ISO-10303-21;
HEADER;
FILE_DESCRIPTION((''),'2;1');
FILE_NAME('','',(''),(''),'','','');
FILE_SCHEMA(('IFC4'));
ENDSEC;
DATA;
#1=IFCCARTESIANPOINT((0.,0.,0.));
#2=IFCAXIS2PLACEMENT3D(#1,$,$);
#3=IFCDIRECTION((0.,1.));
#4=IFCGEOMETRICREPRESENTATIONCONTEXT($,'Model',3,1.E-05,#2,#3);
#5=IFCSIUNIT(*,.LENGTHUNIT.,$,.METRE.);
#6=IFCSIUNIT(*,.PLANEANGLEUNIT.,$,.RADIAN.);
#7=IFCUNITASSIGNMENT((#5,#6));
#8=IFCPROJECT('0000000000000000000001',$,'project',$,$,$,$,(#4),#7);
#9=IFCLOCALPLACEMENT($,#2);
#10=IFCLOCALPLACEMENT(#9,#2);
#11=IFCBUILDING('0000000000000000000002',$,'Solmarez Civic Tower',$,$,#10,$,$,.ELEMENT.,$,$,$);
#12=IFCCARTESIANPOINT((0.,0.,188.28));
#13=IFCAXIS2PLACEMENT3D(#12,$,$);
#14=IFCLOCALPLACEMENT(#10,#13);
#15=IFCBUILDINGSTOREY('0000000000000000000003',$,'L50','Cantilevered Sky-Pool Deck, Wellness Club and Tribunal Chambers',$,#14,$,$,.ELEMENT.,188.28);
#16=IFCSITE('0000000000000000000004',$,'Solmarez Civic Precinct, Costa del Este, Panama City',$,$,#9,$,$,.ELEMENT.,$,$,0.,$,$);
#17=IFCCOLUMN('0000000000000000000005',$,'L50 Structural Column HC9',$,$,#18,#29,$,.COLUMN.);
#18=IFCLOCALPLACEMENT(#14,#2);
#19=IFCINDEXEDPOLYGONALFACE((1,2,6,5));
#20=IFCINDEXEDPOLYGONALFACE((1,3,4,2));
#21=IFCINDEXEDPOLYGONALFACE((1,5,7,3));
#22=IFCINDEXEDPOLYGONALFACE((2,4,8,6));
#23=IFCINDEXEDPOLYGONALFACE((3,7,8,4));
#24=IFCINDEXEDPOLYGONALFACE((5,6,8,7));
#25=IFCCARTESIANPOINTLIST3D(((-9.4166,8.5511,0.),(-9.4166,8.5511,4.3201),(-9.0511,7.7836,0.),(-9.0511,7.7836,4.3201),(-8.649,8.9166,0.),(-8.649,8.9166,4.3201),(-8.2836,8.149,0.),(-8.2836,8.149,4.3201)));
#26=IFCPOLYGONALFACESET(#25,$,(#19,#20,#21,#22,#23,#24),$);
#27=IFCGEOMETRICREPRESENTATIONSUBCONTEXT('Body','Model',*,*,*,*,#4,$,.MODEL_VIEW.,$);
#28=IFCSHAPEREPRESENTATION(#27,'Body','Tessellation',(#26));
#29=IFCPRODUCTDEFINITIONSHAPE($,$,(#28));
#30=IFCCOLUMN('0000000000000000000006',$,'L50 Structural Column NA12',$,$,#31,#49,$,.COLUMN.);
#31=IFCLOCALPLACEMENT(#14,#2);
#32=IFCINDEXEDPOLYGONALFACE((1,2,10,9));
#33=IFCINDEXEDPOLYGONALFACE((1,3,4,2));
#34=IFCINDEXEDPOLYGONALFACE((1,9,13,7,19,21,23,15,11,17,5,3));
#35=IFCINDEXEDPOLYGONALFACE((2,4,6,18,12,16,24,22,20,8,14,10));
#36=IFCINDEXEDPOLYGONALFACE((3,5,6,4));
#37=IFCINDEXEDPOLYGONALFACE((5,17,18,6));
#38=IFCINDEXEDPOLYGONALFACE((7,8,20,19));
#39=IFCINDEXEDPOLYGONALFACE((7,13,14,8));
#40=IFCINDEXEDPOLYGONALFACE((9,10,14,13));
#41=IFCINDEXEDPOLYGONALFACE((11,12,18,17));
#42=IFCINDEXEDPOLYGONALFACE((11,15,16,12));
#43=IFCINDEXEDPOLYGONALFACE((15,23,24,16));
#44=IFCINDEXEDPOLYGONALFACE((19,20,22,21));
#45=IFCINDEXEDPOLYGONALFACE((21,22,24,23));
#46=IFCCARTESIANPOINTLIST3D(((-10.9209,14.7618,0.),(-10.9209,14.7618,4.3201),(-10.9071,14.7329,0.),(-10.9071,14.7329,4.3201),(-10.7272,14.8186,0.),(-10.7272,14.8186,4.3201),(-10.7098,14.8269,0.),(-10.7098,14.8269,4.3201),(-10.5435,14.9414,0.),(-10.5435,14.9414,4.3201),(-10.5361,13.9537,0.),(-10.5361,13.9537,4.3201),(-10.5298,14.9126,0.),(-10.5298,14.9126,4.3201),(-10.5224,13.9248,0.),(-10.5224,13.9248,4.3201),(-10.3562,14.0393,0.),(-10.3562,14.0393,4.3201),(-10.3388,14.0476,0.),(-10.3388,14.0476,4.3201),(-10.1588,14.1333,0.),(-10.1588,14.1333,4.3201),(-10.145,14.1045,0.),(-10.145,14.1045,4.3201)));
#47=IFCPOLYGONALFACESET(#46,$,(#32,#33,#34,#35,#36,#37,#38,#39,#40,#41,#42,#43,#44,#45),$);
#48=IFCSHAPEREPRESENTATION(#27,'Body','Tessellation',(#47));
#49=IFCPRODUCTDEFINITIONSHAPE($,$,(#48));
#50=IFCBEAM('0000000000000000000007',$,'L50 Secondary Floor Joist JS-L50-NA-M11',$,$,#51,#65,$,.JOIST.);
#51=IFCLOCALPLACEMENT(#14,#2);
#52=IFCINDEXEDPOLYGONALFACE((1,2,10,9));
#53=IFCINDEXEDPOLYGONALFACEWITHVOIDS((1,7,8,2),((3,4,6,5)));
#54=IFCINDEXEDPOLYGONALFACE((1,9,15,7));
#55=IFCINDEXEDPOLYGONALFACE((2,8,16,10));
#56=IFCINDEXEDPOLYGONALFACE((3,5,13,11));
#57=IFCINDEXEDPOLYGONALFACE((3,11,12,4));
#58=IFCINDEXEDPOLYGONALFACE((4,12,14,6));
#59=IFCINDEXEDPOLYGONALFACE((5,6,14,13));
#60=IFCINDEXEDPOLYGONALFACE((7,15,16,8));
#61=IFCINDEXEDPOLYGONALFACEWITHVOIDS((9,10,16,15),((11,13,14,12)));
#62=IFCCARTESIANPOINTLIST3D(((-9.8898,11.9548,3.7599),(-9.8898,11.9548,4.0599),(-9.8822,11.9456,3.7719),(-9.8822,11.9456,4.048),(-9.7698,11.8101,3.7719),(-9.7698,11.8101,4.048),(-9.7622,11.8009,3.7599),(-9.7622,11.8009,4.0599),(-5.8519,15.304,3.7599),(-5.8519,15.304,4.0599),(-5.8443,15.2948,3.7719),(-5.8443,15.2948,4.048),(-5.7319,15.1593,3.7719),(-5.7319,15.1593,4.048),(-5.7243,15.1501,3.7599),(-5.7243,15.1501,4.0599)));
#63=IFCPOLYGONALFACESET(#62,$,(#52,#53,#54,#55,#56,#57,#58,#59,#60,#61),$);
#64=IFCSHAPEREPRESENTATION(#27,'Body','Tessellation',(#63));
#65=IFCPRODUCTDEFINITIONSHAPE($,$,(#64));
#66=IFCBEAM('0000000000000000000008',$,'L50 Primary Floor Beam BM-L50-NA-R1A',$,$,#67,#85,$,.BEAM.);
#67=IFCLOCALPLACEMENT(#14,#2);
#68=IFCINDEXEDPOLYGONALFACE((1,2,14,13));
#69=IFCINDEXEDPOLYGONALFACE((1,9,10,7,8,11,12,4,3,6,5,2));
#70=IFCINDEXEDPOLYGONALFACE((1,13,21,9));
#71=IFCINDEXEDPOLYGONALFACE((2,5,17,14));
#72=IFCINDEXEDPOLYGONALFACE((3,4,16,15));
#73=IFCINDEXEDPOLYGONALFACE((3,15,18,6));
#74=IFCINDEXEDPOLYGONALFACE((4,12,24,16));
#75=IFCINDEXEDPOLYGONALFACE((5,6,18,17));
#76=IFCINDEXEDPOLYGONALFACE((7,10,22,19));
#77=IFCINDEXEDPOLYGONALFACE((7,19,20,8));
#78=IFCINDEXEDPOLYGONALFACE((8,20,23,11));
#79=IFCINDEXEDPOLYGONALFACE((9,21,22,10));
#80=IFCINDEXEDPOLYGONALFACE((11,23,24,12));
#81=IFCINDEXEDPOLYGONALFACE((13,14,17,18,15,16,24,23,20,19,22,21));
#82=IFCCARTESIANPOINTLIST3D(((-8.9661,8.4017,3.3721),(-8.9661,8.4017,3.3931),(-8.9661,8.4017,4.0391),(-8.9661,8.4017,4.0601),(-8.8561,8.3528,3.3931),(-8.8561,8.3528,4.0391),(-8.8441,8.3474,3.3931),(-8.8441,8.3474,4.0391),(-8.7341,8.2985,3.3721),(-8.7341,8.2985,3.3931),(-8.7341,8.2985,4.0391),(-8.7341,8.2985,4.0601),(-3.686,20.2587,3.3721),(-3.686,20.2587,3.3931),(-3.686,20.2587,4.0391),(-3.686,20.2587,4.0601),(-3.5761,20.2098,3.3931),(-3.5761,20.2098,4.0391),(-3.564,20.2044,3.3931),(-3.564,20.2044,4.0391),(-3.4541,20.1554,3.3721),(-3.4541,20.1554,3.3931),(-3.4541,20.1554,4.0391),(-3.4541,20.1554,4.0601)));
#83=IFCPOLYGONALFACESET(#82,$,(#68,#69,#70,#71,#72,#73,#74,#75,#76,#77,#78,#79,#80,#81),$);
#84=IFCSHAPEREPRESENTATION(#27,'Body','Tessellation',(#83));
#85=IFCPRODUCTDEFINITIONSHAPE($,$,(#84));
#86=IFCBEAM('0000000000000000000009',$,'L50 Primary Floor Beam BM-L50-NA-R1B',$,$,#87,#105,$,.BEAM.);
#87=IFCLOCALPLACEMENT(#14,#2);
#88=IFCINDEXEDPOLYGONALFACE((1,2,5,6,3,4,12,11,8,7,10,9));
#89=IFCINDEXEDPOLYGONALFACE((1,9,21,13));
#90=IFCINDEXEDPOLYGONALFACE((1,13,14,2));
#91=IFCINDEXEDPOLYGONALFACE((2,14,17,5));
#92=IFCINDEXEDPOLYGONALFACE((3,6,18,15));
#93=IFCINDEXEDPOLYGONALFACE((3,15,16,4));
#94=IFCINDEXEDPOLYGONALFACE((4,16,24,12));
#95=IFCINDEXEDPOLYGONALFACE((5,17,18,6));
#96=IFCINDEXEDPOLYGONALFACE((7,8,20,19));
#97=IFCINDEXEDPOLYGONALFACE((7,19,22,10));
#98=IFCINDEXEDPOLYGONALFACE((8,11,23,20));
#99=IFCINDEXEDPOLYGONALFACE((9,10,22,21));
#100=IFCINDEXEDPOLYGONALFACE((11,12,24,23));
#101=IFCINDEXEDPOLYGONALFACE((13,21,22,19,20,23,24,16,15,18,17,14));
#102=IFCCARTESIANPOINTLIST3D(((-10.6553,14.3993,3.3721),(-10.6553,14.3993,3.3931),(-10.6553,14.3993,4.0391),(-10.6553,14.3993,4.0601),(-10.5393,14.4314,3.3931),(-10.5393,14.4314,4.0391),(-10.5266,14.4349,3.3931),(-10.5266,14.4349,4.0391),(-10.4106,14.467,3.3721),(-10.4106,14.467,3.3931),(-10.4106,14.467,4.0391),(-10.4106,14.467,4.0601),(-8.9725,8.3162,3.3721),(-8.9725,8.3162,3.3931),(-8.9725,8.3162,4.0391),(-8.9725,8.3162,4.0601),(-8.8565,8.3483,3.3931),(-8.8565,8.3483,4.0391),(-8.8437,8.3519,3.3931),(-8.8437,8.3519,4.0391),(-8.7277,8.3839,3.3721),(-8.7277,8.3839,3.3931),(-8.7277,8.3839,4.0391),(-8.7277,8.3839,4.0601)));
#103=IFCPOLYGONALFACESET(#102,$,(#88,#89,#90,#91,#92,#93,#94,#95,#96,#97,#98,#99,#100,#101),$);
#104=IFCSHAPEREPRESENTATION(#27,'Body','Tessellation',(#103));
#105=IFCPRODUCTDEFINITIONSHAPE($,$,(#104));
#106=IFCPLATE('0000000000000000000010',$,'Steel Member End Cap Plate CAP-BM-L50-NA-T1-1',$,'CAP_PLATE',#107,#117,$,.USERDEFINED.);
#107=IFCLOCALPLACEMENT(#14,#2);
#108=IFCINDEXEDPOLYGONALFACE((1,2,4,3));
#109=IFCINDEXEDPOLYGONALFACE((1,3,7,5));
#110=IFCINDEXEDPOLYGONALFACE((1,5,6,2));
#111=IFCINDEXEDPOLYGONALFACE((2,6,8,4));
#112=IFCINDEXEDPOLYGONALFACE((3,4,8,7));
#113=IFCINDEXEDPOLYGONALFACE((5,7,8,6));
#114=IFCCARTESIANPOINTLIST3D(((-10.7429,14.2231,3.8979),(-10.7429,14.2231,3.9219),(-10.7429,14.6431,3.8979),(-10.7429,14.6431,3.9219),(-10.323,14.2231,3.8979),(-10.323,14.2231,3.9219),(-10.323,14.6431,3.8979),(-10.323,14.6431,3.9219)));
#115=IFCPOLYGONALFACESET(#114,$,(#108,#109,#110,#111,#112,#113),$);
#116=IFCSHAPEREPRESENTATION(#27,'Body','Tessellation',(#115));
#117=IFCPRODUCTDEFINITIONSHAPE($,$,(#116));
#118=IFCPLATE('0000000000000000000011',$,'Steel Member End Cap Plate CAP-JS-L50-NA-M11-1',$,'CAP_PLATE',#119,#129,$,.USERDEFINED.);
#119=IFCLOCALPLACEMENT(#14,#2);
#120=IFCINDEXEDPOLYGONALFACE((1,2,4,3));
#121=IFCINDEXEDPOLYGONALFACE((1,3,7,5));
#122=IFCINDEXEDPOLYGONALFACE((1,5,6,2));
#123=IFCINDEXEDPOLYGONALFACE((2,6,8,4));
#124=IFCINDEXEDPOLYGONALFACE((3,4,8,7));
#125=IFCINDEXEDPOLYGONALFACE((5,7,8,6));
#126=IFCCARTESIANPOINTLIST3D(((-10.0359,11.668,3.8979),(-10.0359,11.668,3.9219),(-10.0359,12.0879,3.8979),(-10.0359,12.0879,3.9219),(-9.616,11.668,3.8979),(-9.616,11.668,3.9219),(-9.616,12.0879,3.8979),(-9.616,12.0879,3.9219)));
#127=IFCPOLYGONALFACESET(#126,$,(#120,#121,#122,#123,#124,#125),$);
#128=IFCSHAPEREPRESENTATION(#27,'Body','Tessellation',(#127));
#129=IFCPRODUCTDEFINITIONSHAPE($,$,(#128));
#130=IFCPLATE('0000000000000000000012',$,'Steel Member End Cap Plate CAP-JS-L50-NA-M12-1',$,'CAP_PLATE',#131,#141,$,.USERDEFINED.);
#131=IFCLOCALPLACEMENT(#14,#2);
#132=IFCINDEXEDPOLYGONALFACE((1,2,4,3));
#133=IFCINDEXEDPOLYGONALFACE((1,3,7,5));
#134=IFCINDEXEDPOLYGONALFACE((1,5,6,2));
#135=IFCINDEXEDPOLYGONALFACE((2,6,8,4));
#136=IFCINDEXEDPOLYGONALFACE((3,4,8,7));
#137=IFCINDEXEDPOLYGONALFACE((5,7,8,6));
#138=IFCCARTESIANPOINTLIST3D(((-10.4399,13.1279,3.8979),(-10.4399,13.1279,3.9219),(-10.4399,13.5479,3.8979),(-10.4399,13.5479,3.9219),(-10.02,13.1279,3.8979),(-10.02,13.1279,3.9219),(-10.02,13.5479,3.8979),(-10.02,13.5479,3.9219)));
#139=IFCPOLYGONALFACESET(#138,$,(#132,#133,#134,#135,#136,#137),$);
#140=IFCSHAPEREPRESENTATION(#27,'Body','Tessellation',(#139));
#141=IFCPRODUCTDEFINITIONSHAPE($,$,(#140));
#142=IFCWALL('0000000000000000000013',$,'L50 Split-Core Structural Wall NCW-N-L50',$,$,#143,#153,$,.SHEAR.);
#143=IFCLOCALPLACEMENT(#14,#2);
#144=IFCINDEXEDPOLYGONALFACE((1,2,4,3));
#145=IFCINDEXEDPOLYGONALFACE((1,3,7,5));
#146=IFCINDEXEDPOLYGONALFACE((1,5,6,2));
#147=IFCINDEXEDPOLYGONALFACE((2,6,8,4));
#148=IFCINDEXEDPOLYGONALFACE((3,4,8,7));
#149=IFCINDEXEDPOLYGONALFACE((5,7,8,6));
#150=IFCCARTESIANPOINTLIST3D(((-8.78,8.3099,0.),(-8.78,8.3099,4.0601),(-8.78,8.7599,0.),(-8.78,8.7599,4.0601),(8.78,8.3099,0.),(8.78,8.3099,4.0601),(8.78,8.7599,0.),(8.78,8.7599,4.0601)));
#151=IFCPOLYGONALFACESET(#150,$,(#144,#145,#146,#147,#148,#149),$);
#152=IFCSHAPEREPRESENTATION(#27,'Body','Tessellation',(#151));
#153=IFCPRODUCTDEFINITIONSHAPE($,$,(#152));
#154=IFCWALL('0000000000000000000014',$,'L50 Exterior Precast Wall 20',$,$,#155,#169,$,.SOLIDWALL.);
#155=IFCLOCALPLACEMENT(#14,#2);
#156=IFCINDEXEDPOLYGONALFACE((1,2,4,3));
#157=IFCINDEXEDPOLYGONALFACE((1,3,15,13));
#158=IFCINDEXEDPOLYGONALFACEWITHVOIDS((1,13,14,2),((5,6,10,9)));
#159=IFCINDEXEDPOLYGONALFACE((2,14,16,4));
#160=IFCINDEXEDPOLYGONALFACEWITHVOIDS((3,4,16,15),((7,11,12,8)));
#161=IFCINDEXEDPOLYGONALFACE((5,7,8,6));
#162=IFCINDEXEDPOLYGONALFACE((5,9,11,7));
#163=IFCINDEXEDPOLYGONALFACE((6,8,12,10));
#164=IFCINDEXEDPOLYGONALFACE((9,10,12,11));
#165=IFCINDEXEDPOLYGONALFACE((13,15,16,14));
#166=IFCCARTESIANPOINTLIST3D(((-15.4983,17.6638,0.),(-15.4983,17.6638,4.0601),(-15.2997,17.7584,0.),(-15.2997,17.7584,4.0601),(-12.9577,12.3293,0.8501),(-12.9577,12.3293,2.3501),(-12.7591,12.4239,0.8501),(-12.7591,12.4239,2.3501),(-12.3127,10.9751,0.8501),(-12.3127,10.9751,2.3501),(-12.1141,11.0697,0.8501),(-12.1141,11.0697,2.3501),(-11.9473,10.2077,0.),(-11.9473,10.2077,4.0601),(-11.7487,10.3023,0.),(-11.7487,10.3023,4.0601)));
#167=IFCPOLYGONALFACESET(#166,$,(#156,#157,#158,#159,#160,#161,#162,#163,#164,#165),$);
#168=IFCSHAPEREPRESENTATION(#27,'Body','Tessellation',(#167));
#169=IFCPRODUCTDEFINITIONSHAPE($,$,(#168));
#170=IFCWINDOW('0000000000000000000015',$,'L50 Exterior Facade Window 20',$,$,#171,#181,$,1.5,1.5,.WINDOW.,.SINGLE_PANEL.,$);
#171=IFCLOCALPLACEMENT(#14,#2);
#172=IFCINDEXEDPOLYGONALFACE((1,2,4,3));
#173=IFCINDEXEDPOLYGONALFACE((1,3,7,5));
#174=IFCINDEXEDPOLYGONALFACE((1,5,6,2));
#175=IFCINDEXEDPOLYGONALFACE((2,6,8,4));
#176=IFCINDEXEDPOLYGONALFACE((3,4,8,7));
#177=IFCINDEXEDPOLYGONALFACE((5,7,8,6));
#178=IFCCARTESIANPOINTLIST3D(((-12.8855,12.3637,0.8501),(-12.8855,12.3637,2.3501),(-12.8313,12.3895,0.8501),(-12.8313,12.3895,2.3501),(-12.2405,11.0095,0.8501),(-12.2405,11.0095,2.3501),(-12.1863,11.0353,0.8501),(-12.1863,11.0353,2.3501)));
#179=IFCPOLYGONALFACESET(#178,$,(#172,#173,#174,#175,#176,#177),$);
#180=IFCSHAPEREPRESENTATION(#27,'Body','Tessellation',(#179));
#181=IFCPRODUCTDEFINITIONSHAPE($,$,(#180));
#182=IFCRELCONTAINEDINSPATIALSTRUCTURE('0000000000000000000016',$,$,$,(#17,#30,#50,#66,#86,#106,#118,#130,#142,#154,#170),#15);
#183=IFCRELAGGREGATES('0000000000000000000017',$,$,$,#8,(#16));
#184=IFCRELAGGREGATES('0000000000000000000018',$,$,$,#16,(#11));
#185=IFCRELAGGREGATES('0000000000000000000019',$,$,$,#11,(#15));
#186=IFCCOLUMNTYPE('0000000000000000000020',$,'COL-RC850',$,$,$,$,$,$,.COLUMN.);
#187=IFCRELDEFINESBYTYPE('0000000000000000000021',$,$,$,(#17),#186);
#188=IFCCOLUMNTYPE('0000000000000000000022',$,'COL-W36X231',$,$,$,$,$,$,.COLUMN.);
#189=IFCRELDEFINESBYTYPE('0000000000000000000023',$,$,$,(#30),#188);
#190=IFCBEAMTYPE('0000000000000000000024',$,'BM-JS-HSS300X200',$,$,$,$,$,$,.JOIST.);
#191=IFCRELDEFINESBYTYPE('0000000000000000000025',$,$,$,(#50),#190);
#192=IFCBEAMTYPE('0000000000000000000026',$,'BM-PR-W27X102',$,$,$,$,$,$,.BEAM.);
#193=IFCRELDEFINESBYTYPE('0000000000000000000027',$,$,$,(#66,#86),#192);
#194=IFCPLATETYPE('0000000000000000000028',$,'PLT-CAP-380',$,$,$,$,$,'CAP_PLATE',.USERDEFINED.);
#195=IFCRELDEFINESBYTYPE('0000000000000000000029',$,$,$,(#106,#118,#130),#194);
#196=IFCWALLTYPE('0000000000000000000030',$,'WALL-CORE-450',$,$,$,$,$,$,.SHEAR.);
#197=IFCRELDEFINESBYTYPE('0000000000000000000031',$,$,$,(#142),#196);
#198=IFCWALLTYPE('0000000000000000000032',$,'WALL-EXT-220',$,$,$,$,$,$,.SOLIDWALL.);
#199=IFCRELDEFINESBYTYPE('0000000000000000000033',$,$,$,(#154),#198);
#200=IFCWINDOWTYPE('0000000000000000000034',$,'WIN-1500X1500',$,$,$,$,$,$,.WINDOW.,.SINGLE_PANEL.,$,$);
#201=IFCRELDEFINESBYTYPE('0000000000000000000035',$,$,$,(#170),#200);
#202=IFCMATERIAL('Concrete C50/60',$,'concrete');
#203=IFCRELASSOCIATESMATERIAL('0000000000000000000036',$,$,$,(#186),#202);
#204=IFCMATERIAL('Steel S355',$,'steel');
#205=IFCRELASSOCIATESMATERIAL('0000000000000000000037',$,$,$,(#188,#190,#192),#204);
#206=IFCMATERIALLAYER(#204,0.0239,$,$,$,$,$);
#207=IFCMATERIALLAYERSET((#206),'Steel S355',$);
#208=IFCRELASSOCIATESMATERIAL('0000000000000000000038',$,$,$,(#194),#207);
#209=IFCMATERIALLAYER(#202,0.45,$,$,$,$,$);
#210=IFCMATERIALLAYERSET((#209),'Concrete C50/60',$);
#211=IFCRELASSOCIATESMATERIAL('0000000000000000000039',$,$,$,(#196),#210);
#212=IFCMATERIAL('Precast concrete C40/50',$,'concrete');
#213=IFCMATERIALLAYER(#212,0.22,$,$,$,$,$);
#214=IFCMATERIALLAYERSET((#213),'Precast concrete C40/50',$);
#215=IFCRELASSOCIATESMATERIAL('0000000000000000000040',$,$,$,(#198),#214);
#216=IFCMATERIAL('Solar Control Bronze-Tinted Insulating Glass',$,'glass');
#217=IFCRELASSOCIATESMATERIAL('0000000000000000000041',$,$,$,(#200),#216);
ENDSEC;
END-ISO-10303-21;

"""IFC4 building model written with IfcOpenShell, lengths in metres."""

from ifc_helpers import new_model, si_unit, direction, frame, frame_2d, origin, origin_2d, place, context, subcontext, project, spatial, rectangle, hollow_rectangle, i_section, extrude, material, layer, layer_set, material_profile, profile_set, type_object, element, fill, save


model = new_model("IFC4")

# Units and contexts
model_context = context("Model", 3, precision=1e-05, world=origin(), true_north=direction((0.0, 1.0)))
body_context = subcontext(model_context, "Body", "Model", "MODEL_VIEW")
ifc_project = project(units=[si_unit("LENGTHUNIT", "METRE"), si_unit("PLANEANGLEUNIT", "RADIAN")], contexts=[model_context])

# Site, building, storey
site_placement = place(None, origin())
site = spatial("IfcSite", under=ifc_project, at=site_placement, Name="Solmarez Civic Precinct, Costa del Este, Panama City", CompositionType="ELEMENT", RefElevation=0.0)
building_placement = place(site_placement, origin())
building = spatial("IfcBuilding", under=site, at=building_placement, Name="Solmarez Civic Tower", CompositionType="ELEMENT")
storey_placement = place(building_placement, frame((0.0, 0.0, 188.28)))
storey = spatial("IfcBuildingStorey", under=building, at=storey_placement, Name="L50", Description="Cantilevered Sky-Pool Deck, Wellness Club and Tribunal Chambers", CompositionType="ELEMENT", Elevation=188.28)

# Columns
ifc_material_1 = material(Name="Concrete C50/60", Category="concrete")
ifc_material_profile_1 = material_profile(ifc_material_1, rectangle(XDim=0.8501, YDim=0.8501, at=origin_2d()), Name="RC850X850")
ifc_profile_set_1 = profile_set([ifc_material_profile_1], Name="Concrete C50/60")
column_type_1 = type_object("IfcColumnType", Name="COL-RC850", PredefinedType="COLUMN", material=ifc_profile_set_1)
column_1_placement = place(storey_placement, frame((-8.8501, 8.3501, 0.0), z_axis=(0.0, 0.0, 1.0), x_axis=(0.902886, 0.429881, 0.0)))
element("IfcColumn", 1, at=column_1_placement, inside=storey, type_object=column_type_1, Name="L50 Structural Column HC9", PredefinedType="COLUMN", context=body_context, shape_type="SweptSolid", body=[
    extrude(rectangle(XDim=0.8501, YDim=0.8501, at=origin_2d()), origin(), (0.0, 0.0, 1.0), 4.3201),
])
ifc_material_2 = material(Name="Steel S355", Category="steel")
ifc_material_profile_2 = material_profile(ifc_material_2, i_section(OverallWidth=0.418, OverallDepth=0.927, WebThickness=0.0193, FlangeThickness=0.032, at=origin_2d()), Name="W36X231")
ifc_profile_set_2 = profile_set([ifc_material_profile_2], Name="Steel S355")
column_type_2 = type_object("IfcColumnType", Name="COL-W36X231", PredefinedType="COLUMN", material=ifc_profile_set_2)
column_2_placement = place(storey_placement, frame((-10.533, 14.4331, 0.0), z_axis=(0.0, 0.0, 1.0), x_axis=(0.902886, 0.429881, 0.0)))
element("IfcColumn", 2, at=column_2_placement, inside=storey, type_object=column_type_2, Name="L50 Structural Column NA12", PredefinedType="COLUMN", context=body_context, shape_type="SweptSolid", body=[
    extrude(i_section(OverallWidth=0.418, OverallDepth=0.927, WebThickness=0.0193, FlangeThickness=0.032, at=origin_2d()), origin(), (0.0, 0.0, 1.0), 4.3201),
])

# Beams
ifc_material_profile_3 = material_profile(ifc_material_2, hollow_rectangle(XDim=0.2, YDim=0.3, WallThickness=0.012, at=origin_2d()), Name="HSS300X200X12")
ifc_profile_set_3 = profile_set([ifc_material_profile_3], Name="Steel S355")
beam_type_1 = type_object("IfcBeamType", Name="BM-JS-HSS300X200", PredefinedType="JOIST", material=ifc_profile_set_3)
beam_1_placement = place(storey_placement, frame((-5.7881, 15.2271, 3.9099), z_axis=(-0.769695, -0.638411, 0.0), x_axis=(0.638411, -0.769695, 0.0)))
element("IfcBeam", 3, at=beam_1_placement, inside=storey, type_object=beam_type_1, Name="L50 Secondary Floor Joist JS-L50-NA-M11", PredefinedType="JOIST", context=body_context, shape_type="SweptSolid", body=[
    extrude(hollow_rectangle(XDim=0.2, YDim=0.3, WallThickness=0.012, at=origin_2d()), origin(), (0.0, 0.0, 1.0), 5.2461),
])
ifc_material_profile_4 = material_profile(ifc_material_2, i_section(OverallWidth=0.2539, OverallDepth=0.688, WebThickness=0.0132, FlangeThickness=0.021, at=origin_2d()), Name="W27X102")
ifc_profile_set_4 = profile_set([ifc_material_profile_4], Name="Steel S355")
beam_type_2 = type_object("IfcBeamType", Name="BM-PR-W27X102", PredefinedType="BEAM", material=ifc_profile_set_4)
beam_2_placement = place(storey_placement, frame((-8.8501, 8.3501, 3.7161), z_axis=(0.4068, 0.913517, 0.0), x_axis=(-0.913517, 0.4068, 0.0)))
element("IfcBeam", 4, at=beam_2_placement, inside=storey, type_object=beam_type_2, Name="L50 Primary Floor Beam BM-L50-NA-R1A", PredefinedType="BEAM", context=body_context, shape_type="SweptSolid", body=[
    extrude(i_section(OverallWidth=0.2539, OverallDepth=0.688, WebThickness=0.0132, FlangeThickness=0.021, at=origin_2d()), origin(), (0.0, 0.0, 1.0), 12.9795),
])
beam_3_placement = place(storey_placement, frame((-8.8501, 8.3501, 3.7161), z_axis=(-0.266634, 0.963798, 0.0), x_axis=(-0.963798, -0.266634, 0.0)))
element("IfcBeam", 5, at=beam_3_placement, inside=storey, type_object=beam_type_2, Name="L50 Primary Floor Beam BM-L50-NA-R1B", PredefinedType="BEAM", context=body_context, shape_type="SweptSolid", body=[
    extrude(i_section(OverallWidth=0.2539, OverallDepth=0.688, WebThickness=0.0132, FlangeThickness=0.021, at=origin_2d()), origin(), (0.0, 0.0, 1.0), 6.3115),
])

# Plates
ifc_layer_1 = layer(ifc_material_2, 0.0239)
ifc_layer_set_1 = layer_set([ifc_layer_1], Name="Steel S355")
plate_type = type_object("IfcPlateType", Name="PLT-CAP-380", ElementType="CAP_PLATE", PredefinedType="USERDEFINED", material=ifc_layer_set_1)
for number, where, z_axis, x_axis, name in (
    (6, (-10.533, 14.4331, 3.8979), (0.0, 0.0, 1.0), (1.0, 0.0, 0.0), "Steel Member End Cap Plate CAP-BM-L50-NA-T1-1"),
    (7, (-9.8259, 11.8779, 3.8979), (0.0, 0.0, 1.0), (1.0, 0.0, 0.0), "Steel Member End Cap Plate CAP-JS-L50-NA-M11-1"),
    (8, (-10.23, 13.3379, 3.8979), (0.0, 0.0, 1.0), (1.0, 0.0, 0.0), "Steel Member End Cap Plate CAP-JS-L50-NA-M12-1"),
):
    element("IfcPlate", number, at=place(storey_placement, frame(where, z_axis=z_axis, x_axis=x_axis)), inside=storey, type_object=plate_type, Name=name, ObjectType="CAP_PLATE", PredefinedType="USERDEFINED", context=body_context, shape_type="SweptSolid", body=[
        extrude(rectangle(XDim=0.4199, YDim=0.4199, at=origin_2d()), origin(), (0.0, 0.0, 1.0), 0.0239),
    ])

# Wall
ifc_layer_2 = layer(ifc_material_1, 0.45)
ifc_layer_set_2 = layer_set([ifc_layer_2], Name="Concrete C50/60")
wall_type_1 = type_object("IfcWallType", Name="WALL-CORE-450", PredefinedType="SHEAR", material=ifc_layer_set_2)
wall_1_placement = place(storey_placement, frame((-8.78, 8.5349, 0.0), z_axis=(0.0, 0.0, 1.0), x_axis=(1.0, 0.0, 0.0)))
element("IfcWall", 9, at=wall_1_placement, inside=storey, type_object=wall_type_1, Name="L50 Split-Core Structural Wall NCW-N-L50", PredefinedType="SHEAR", context=body_context, shape_type="SweptSolid", body=[
    extrude(rectangle(XDim=17.5601, YDim=0.45, at=frame_2d((8.78, 0.0))), origin(), (0.0, 0.0, 1.0), 4.0601),
])

# Wall, opening, window
ifc_material_3 = material(Name="Precast concrete C40/50", Category="concrete")
ifc_layer_3 = layer(ifc_material_3, 0.22)
ifc_layer_set_3 = layer_set([ifc_layer_3], Name="Precast concrete C40/50")
wall_type_2 = type_object("IfcWallType", Name="WALL-EXT-220", PredefinedType="SOLIDWALL", material=ifc_layer_set_3)
wall_2_placement = place(storey_placement, frame((-11.8479, 10.2549, 0.0), z_axis=(0.0, 0.0, 1.0), x_axis=(-0.429985, 0.902836, 0.0)))
wall_2 = element("IfcWall", 10, at=wall_2_placement, inside=storey, type_object=wall_type_2, Name="L50 Exterior Precast Wall 20", PredefinedType="SOLIDWALL", context=body_context, shape_type="SweptSolid", body=[
    extrude(rectangle(XDim=8.2585, YDim=0.22, at=frame_2d((4.1294, 0.0))), origin(), (0.0, 0.0, 1.0), 4.0601),
])
opening_1_placement = place(wall_2_placement, frame((0.8501, 0.0, 0.8501)))
opening_1 = element("IfcOpeningElement", 11, at=opening_1_placement, cuts=wall_2, PredefinedType="OPENING", context=body_context, shape_type="SweptSolid", body=[
    extrude(rectangle(XDim=1.5, YDim=1.5, at=frame_2d((0.75, 0.75))), frame((0.0, 0.1199, 0.0), z_axis=(0.0, -1.0, 0.0), x_axis=(1.0, 0.0, 0.0)), (0.0, 0.0, 1.0), 0.24),
])
ifc_material_4 = material(Name="Solar Control Bronze-Tinted Insulating Glass", Category="glass")
window_type = type_object("IfcWindowType", Name="WIN-1500X1500", PartitioningType="SINGLE_PANEL", PredefinedType="WINDOW", material=ifc_material_4)
window_placement = place(opening_1_placement, origin())
window = element("IfcWindow", 12, at=window_placement, inside=storey, type_object=window_type, Name="L50 Exterior Facade Window 20", OverallHeight=1.5, OverallWidth=1.5, PartitioningType="SINGLE_PANEL", PredefinedType="WINDOW", context=body_context, shape_type="SweptSolid", body=[
    extrude(rectangle(XDim=1.5, YDim=1.5, at=frame_2d((0.75, 0.75))), frame((0.0, 0.03, 0.0), z_axis=(0.0, -1.0, 0.0), x_axis=(1.0, 0.0, 0.0)), (0.0, 0.0, 1.0), 0.0601),
])
fill(opening_1, window)

save(model, "model.ifc")
